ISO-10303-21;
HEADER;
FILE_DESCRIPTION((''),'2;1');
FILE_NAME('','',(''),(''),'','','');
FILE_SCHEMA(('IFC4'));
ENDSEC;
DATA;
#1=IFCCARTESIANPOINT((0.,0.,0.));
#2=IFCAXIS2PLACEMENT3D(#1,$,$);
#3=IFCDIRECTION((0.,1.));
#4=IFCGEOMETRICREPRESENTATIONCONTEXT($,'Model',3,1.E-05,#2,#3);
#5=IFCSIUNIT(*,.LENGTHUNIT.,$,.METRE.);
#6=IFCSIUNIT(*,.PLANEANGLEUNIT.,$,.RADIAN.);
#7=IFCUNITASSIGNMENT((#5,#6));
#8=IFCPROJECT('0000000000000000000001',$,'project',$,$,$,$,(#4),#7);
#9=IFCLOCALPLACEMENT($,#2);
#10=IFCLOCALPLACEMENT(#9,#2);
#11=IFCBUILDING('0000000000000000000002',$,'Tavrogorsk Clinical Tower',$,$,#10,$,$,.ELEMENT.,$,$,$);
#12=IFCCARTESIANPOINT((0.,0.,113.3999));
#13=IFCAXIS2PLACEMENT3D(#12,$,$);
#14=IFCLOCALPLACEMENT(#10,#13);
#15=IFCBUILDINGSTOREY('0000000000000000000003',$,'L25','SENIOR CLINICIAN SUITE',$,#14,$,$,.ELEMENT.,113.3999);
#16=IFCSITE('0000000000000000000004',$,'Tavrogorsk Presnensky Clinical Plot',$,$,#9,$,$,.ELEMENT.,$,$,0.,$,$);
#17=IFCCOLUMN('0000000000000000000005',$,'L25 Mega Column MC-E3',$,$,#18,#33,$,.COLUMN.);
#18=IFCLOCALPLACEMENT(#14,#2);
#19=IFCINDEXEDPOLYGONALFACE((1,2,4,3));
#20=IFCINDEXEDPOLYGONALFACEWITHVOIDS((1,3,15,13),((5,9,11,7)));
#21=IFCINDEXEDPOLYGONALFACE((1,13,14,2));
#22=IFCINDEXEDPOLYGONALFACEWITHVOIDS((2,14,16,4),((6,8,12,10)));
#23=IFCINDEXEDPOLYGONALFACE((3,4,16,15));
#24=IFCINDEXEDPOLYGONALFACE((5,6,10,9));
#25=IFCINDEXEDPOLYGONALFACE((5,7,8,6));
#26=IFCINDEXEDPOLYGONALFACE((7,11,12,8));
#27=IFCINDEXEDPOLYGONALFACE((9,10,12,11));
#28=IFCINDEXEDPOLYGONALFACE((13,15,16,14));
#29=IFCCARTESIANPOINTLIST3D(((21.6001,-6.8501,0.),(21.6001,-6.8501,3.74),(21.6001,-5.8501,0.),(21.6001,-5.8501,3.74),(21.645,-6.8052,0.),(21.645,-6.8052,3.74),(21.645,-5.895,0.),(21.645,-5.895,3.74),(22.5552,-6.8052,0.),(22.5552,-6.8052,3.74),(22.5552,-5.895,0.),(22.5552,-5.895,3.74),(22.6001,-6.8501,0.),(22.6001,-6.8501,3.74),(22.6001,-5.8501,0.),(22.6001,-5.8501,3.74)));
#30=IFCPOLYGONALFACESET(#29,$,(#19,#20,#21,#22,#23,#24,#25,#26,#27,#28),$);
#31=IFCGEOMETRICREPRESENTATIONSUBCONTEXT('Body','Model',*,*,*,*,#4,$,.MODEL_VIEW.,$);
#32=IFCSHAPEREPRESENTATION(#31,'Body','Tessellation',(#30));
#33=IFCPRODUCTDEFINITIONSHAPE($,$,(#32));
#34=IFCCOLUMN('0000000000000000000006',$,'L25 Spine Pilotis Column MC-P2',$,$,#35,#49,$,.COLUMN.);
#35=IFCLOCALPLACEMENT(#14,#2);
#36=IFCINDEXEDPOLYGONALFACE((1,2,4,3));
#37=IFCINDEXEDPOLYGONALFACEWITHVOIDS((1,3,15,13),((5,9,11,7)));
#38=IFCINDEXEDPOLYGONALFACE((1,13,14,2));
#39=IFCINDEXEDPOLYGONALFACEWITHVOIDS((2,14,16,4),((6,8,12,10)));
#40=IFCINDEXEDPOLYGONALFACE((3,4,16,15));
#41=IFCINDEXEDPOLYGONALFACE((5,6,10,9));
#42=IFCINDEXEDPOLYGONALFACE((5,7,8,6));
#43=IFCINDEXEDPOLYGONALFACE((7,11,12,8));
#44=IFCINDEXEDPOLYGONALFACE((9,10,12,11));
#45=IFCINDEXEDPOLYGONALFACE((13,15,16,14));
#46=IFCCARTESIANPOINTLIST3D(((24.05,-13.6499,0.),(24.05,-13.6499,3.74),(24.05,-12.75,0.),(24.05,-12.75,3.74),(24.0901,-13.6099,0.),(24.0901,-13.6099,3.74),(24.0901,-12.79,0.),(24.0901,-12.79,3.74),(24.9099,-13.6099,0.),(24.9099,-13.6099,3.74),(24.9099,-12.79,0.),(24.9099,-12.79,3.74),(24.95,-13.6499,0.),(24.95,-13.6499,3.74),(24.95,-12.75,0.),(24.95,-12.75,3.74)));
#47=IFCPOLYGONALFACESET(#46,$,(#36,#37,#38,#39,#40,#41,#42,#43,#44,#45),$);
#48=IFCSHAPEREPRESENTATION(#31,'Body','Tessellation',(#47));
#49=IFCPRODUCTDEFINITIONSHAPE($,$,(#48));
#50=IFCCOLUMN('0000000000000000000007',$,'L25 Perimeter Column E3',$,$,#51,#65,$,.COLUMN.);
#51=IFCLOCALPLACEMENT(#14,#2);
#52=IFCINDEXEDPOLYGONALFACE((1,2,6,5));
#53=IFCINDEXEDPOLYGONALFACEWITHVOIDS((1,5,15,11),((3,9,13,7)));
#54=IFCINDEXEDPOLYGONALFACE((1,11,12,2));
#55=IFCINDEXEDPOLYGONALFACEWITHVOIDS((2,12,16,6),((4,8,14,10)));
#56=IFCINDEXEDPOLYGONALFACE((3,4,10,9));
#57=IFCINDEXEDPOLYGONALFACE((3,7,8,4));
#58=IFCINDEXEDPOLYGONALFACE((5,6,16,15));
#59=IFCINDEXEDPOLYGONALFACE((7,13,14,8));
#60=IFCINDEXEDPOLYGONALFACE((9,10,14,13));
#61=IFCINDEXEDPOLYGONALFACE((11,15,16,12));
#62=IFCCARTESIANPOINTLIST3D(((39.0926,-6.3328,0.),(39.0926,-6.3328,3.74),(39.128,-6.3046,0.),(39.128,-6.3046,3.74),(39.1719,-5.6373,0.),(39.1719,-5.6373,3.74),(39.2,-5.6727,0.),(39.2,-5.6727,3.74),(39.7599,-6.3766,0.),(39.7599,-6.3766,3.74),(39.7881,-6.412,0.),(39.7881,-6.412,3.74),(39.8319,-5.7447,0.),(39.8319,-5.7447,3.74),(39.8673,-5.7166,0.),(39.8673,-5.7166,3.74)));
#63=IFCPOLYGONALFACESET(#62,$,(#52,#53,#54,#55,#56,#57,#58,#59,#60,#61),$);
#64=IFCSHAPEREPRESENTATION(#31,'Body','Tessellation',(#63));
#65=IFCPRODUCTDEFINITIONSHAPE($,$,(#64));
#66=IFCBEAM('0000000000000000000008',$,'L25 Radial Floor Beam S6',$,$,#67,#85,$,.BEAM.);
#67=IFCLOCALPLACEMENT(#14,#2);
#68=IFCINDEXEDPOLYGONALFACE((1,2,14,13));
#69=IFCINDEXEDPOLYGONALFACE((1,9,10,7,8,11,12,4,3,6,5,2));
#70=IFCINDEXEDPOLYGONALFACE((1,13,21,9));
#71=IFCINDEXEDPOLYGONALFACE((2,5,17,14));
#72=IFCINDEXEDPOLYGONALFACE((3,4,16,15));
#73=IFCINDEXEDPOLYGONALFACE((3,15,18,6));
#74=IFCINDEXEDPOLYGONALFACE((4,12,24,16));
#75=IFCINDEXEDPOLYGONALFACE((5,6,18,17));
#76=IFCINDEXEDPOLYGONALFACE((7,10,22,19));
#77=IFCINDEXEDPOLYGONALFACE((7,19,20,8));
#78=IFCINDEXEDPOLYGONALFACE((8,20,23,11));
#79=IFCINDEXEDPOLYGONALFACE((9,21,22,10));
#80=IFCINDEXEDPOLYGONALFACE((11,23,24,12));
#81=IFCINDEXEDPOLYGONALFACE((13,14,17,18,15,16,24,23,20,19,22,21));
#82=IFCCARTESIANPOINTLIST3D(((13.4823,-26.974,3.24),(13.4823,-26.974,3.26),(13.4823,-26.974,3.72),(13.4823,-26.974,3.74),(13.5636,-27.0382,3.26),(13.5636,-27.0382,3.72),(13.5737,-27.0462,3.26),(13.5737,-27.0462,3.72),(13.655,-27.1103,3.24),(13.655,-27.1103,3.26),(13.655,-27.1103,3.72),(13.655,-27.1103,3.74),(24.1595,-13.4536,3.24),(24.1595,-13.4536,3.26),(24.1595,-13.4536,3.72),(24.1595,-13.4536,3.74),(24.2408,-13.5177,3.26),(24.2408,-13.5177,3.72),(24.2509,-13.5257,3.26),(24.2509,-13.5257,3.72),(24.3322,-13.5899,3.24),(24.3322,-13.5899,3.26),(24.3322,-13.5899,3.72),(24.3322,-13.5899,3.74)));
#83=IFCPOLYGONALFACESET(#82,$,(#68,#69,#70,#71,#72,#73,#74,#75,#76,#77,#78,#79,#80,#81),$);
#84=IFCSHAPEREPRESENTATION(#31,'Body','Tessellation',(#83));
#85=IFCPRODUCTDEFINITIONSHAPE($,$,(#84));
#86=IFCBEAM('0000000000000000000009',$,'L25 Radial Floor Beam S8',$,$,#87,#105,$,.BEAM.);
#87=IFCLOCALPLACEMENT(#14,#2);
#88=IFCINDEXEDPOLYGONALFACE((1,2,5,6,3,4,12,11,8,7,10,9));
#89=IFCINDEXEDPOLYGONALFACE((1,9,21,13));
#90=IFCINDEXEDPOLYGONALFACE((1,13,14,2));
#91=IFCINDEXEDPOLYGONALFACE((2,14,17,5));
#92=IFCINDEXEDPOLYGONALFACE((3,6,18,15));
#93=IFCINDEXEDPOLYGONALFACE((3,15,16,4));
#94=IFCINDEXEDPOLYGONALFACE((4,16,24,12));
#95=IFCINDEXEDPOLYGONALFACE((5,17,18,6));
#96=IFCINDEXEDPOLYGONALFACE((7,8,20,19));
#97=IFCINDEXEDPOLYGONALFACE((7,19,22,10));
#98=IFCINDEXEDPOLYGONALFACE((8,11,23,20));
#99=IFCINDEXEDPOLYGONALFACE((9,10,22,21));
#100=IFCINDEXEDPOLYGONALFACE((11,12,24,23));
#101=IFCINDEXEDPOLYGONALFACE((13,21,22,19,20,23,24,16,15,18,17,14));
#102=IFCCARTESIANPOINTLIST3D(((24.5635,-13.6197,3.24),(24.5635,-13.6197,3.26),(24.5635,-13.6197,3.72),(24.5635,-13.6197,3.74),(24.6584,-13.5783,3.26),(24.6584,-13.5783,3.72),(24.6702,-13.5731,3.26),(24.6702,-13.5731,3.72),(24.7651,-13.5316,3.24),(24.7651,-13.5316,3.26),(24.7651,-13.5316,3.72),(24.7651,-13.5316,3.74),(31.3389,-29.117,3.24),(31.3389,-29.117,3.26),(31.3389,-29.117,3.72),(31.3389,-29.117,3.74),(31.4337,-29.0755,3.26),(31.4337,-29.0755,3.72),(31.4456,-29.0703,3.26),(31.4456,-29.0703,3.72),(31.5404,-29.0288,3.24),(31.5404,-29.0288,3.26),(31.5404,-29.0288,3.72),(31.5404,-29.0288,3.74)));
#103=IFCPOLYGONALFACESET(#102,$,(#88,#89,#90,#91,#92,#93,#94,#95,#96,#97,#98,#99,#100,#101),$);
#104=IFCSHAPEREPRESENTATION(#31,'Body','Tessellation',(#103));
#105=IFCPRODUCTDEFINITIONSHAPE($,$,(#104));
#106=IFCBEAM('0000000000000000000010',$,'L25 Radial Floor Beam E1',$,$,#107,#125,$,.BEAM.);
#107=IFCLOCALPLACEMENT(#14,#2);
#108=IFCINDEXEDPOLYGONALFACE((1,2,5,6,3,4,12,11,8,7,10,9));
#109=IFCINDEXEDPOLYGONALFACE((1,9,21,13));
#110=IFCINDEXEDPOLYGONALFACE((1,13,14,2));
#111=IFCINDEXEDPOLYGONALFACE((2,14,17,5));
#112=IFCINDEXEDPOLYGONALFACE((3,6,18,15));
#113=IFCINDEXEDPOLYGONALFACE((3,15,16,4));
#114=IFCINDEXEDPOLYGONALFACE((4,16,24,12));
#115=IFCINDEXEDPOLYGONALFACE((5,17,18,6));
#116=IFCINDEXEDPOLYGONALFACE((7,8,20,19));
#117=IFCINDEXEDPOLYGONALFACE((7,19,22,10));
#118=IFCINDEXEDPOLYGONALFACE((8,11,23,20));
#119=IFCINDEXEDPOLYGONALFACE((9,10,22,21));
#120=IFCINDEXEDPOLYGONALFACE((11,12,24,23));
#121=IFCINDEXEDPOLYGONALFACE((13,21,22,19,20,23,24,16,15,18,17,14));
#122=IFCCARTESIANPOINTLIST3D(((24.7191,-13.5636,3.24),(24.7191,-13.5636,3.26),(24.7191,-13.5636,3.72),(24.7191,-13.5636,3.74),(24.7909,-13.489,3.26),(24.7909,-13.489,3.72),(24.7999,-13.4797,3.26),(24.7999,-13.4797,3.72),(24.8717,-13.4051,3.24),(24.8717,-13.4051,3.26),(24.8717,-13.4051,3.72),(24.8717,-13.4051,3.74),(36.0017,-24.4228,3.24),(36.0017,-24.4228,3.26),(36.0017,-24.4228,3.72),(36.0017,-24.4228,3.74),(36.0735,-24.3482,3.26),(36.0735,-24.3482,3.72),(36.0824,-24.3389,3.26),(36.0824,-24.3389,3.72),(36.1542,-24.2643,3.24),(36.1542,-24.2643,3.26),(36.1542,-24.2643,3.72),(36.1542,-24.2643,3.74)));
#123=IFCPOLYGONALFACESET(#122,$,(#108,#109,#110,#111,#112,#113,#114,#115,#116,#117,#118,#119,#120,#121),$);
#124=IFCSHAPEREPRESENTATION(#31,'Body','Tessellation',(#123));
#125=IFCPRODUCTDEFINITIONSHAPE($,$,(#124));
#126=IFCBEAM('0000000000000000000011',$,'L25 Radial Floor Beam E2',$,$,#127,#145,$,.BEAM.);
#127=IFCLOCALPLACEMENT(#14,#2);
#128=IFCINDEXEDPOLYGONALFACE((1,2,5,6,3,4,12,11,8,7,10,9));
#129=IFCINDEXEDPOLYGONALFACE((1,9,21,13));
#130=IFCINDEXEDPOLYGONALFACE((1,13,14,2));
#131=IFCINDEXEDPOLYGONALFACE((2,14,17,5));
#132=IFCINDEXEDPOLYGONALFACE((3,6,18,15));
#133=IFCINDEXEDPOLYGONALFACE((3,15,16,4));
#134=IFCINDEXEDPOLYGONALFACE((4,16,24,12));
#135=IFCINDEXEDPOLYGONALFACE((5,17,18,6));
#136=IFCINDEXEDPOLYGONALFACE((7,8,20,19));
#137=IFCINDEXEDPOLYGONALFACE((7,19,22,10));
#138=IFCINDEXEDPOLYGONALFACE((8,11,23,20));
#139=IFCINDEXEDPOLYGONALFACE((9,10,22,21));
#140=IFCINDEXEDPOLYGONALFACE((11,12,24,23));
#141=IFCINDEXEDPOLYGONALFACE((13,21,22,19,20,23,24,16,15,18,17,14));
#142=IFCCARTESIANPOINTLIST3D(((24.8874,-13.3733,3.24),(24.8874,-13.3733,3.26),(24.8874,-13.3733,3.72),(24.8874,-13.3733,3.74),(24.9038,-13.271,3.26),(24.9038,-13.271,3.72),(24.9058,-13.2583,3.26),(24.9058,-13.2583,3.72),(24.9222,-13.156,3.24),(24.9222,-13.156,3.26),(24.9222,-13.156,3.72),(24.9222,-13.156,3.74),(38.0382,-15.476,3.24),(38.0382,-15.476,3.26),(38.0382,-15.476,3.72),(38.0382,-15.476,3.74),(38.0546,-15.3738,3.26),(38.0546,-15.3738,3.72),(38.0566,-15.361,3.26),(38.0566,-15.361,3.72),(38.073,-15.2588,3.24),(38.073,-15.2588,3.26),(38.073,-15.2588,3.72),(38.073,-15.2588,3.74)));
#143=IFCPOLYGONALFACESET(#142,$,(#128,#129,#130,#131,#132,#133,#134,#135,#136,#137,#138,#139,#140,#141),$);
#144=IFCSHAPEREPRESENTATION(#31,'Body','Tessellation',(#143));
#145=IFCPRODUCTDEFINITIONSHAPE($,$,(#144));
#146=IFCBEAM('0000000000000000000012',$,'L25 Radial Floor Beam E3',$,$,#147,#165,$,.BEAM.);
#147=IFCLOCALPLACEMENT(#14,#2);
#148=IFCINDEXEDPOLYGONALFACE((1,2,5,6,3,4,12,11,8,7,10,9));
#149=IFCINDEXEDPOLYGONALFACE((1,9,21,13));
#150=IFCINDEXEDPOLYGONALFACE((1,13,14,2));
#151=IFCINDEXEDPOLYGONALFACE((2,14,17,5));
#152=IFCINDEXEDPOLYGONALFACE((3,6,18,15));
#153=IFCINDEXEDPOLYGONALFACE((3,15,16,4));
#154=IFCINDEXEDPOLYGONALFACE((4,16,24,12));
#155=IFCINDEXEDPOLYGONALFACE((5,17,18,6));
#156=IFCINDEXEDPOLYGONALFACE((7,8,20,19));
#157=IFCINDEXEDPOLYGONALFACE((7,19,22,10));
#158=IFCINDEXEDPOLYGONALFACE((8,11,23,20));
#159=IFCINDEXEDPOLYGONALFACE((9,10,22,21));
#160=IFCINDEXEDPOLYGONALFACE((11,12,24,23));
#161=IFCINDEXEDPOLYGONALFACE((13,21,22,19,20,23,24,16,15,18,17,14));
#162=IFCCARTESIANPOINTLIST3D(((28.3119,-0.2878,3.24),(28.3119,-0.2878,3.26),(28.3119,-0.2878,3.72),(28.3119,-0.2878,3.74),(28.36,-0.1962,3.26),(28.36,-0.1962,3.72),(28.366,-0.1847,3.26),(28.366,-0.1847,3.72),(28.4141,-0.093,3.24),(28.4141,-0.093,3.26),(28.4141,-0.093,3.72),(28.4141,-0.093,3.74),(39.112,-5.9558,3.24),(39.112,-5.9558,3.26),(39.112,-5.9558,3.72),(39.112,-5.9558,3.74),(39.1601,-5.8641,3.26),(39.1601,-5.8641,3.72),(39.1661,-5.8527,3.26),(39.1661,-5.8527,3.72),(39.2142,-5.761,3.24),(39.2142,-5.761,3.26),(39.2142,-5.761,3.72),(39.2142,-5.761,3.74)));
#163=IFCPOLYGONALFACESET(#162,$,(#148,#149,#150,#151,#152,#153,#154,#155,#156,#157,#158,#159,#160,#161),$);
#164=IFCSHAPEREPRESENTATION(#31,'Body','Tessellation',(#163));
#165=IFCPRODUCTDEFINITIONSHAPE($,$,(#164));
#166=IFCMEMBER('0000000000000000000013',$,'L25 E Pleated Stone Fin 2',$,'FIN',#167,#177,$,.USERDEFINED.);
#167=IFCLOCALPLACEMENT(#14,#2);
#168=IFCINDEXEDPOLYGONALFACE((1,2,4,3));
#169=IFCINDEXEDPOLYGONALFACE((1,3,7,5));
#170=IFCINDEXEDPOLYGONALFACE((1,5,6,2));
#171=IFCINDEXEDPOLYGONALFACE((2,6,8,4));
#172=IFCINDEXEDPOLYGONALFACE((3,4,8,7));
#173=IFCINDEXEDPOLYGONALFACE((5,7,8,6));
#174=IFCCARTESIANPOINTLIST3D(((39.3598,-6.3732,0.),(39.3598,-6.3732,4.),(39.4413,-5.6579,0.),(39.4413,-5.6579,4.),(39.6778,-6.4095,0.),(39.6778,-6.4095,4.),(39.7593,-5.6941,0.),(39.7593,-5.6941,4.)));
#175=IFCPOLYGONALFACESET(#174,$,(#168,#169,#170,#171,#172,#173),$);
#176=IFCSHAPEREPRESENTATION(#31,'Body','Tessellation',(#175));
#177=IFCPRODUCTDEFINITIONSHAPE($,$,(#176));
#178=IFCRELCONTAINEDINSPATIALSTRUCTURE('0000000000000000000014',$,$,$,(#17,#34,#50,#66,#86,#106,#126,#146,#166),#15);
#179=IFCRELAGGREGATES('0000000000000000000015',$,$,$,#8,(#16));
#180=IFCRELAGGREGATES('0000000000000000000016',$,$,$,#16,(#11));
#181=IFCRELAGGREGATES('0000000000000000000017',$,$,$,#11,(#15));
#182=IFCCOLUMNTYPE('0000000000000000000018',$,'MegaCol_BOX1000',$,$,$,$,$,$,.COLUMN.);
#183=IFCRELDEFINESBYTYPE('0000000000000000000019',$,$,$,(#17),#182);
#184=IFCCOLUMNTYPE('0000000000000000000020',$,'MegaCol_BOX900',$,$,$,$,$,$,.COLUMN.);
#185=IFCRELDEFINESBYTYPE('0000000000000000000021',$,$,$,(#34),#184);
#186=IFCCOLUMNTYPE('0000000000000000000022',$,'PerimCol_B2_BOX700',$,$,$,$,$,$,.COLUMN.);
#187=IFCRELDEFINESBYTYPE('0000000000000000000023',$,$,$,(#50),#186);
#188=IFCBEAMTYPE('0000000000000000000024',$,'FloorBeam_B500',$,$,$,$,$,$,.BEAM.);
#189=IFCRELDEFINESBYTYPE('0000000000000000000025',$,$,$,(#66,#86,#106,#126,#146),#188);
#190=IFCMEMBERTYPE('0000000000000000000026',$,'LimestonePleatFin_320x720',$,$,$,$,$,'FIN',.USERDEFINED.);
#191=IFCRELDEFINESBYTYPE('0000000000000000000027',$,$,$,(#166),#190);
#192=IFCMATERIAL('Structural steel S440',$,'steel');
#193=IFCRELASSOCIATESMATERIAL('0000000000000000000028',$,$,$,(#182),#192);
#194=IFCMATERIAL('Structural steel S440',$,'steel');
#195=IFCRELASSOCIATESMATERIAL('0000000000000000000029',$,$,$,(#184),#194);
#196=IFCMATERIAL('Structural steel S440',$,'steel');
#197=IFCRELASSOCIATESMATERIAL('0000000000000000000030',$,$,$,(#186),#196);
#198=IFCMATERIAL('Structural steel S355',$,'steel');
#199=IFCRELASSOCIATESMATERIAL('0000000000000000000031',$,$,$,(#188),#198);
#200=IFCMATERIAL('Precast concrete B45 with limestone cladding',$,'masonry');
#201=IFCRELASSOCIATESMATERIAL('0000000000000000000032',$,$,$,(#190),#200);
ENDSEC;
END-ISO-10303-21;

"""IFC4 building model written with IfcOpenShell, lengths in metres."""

from ifc_helpers import new_model, si_unit, direction, frame, origin, origin_2d, place, context, subcontext, project, spatial, rectangle, hollow_rectangle, i_section, extrude, material, material_profile, profile_set, type_object, element, save


model = new_model("IFC4")

# Units and contexts
model_context = context("Model", 3, precision=1e-05, world=origin(), true_north=direction((0.0, 1.0)))
body_context = subcontext(model_context, "Body", "Model", "MODEL_VIEW")
ifc_project = project(units=[si_unit("LENGTHUNIT", "METRE"), si_unit("PLANEANGLEUNIT", "RADIAN")], contexts=[model_context])

# Site, building, storey
site_placement = place(None, origin())
site = spatial("IfcSite", under=ifc_project, at=site_placement, Name="Tavrogorsk Presnensky Clinical Plot", CompositionType="ELEMENT", RefElevation=0.0)
building_placement = place(site_placement, origin())
building = spatial("IfcBuilding", under=site, at=building_placement, Name="Tavrogorsk Clinical Tower", CompositionType="ELEMENT")
storey_placement = place(building_placement, frame((0.0, 0.0, 113.3999)))
storey = spatial("IfcBuildingStorey", under=building, at=storey_placement, Name="L25", Description="SENIOR CLINICIAN SUITE", CompositionType="ELEMENT", Elevation=113.3999)

# Columns
ifc_material_1 = material(Name="Structural steel S440", Category="steel")
ifc_material_profile_1 = material_profile(ifc_material_1, hollow_rectangle(XDim=1.0, YDim=1.0, WallThickness=0.0449, at=origin_2d()), Name="BOX-1000x1000x45")
ifc_profile_set_1 = profile_set([ifc_material_profile_1], Name="Structural steel S440")
column_type_1 = type_object("IfcColumnType", Name="MegaCol_BOX1000", PredefinedType="COLUMN", material=ifc_profile_set_1)
column_1_placement = place(storey_placement, frame((22.1001, -6.3501, 0.0), z_axis=(0.0, 0.0, 1.0), x_axis=(1.0, 0.0, 0.0)))
element("IfcColumn", 1, at=column_1_placement, inside=storey, type_object=column_type_1, Name="L25 Mega Column MC-E3", PredefinedType="COLUMN", context=body_context, shape_type="SweptSolid", body=[
    extrude(hollow_rectangle(XDim=1.0, YDim=1.0, WallThickness=0.0449, at=origin_2d()), origin(), (0.0, 0.0, 1.0), 3.74),
])
ifc_material_2 = material(Name="Structural steel S440", Category="steel")
ifc_material_profile_2 = material_profile(ifc_material_2, hollow_rectangle(XDim=0.8999, YDim=0.8999, WallThickness=0.04, at=origin_2d()), Name="BOX-900x900x40")
ifc_profile_set_2 = profile_set([ifc_material_profile_2], Name="Structural steel S440")
column_type_2 = type_object("IfcColumnType", Name="MegaCol_BOX900", PredefinedType="COLUMN", material=ifc_profile_set_2)
column_2_placement = place(storey_placement, frame((24.5, -13.2, 0.0), z_axis=(0.0, 0.0, 1.0), x_axis=(1.0, 0.0, 0.0)))
element("IfcColumn", 2, at=column_2_placement, inside=storey, type_object=column_type_2, Name="L25 Spine Pilotis Column MC-P2", PredefinedType="COLUMN", context=body_context, shape_type="SweptSolid", body=[
    extrude(hollow_rectangle(XDim=0.8999, YDim=0.8999, WallThickness=0.04, at=origin_2d()), origin(), (0.0, 0.0, 1.0), 3.74),
])
ifc_material_3 = material(Name="Structural steel S440", Category="steel")
ifc_material_profile_3 = material_profile(ifc_material_3, hollow_rectangle(XDim=0.7, YDim=0.7, WallThickness=0.032, at=origin_2d()), Name="BOX-700x700x32")
ifc_profile_set_3 = profile_set([ifc_material_profile_3], Name="Structural steel S440")
column_type_3 = type_object("IfcColumnType", Name="PerimCol_B2_BOX700", PredefinedType="COLUMN", material=ifc_profile_set_3)
column_3_placement = place(storey_placement, frame((39.48, -6.0247, 0.0), z_axis=(0.0, 0.0, 1.0), x_axis=(0.993572, -0.113203, 0.0)))
element("IfcColumn", 3, at=column_3_placement, inside=storey, type_object=column_type_3, Name="L25 Perimeter Column E3", PredefinedType="COLUMN", context=body_context, shape_type="SweptSolid", body=[
    extrude(hollow_rectangle(XDim=0.7, YDim=0.7, WallThickness=0.032, at=origin_2d()), origin(), (0.0, 0.0, 1.0), 3.74),
])

# Beams
ifc_material_4 = material(Name="Structural steel S355", Category="steel")
ifc_material_profile_4 = material_profile(ifc_material_4, i_section(OverallWidth=0.22, OverallDepth=0.5, WebThickness=0.0129, FlangeThickness=0.02, at=origin_2d()), Name="B-500x220x13x20")
ifc_profile_set_4 = profile_set([ifc_material_profile_4], Name="Structural steel S355")
beam_type_1 = type_object("IfcBeamType", Name="FloorBeam_B500", PredefinedType="BEAM", material=ifc_profile_set_4)
beam_1_placement = place(storey_placement, frame((24.2458, -13.5217, 3.49), z_axis=(-0.619757, -0.784794, 0.0), x_axis=(0.784794, -0.619757, 0.0)))
element("IfcBeam", 4, at=beam_1_placement, inside=storey, type_object=beam_type_1, Name="L25 Radial Floor Beam S6", PredefinedType="BEAM", context=body_context, shape_type="SweptSolid", body=[
    extrude(i_section(OverallWidth=0.22, OverallDepth=0.5, WebThickness=0.0129, FlangeThickness=0.02, at=origin_2d()), origin(), (0.0, 0.0, 1.0), 17.228),
])
beam_2_placement = place(storey_placement, frame((24.6643, -13.5757, 3.49), z_axis=(0.400586, -0.916259, 0.0), x_axis=(0.916259, 0.400586, 0.0)))
element("IfcBeam", 5, at=beam_2_placement, inside=storey, type_object=beam_type_1, Name="L25 Radial Floor Beam S8", PredefinedType="BEAM", context=body_context, shape_type="SweptSolid", body=[
    extrude(i_section(OverallWidth=0.22, OverallDepth=0.5, WebThickness=0.0129, FlangeThickness=0.02, at=origin_2d()), origin(), (0.0, 0.0, 1.0), 16.9136),
])
beam_3_placement = place(storey_placement, frame((24.7954, -13.4844, 3.49), z_axis=(0.720495, -0.69346, 0.0), x_axis=(0.69346, 0.720495, 0.0)))
element("IfcBeam", 6, at=beam_3_placement, inside=storey, type_object=beam_type_1, Name="L25 Radial Floor Beam E1", PredefinedType="BEAM", context=body_context, shape_type="SweptSolid", body=[
    extrude(i_section(OverallWidth=0.22, OverallDepth=0.5, WebThickness=0.0129, FlangeThickness=0.02, at=origin_2d()), origin(), (0.0, 0.0, 1.0), 15.6594),
])
beam_4_placement = place(storey_placement, frame((24.9048, -13.2646, 3.49), z_axis=(0.987457, -0.157891, 0.0), x_axis=(0.157891, 0.987457, 0.0)))
element("IfcBeam", 7, at=beam_4_placement, inside=storey, type_object=beam_type_1, Name="L25 Radial Floor Beam E2", PredefinedType="BEAM", context=body_context, shape_type="SweptSolid", body=[
    extrude(i_section(OverallWidth=0.22, OverallDepth=0.5, WebThickness=0.0129, FlangeThickness=0.02, at=origin_2d()), origin(), (0.0, 0.0, 1.0), 13.3179),
])
beam_5_placement = place(storey_placement, frame((28.363, -0.1904, 3.49), z_axis=(0.885467, -0.464702, 0.0), x_axis=(0.464702, 0.885467, 0.0)))
element("IfcBeam", 8, at=beam_5_placement, inside=storey, type_object=beam_type_1, Name="L25 Radial Floor Beam E3", PredefinedType="BEAM", context=body_context, shape_type="SweptSolid", body=[
    extrude(i_section(OverallWidth=0.22, OverallDepth=0.5, WebThickness=0.0129, FlangeThickness=0.02, at=origin_2d()), origin(), (0.0, 0.0, 1.0), 12.197),
])

# Member
ifc_material_5 = material(Name="Precast concrete B45 with limestone cladding", Category="masonry")
ifc_material_profile_5 = material_profile(ifc_material_5, rectangle(XDim=0.3201, YDim=0.72, at=origin_2d()), Name="LIMESTONE-FIN-320x720")
ifc_profile_set_5 = profile_set([ifc_material_profile_5], Name="Precast concrete B45 with limestone cladding")
member_type = type_object("IfcMemberType", Name="LimestonePleatFin_320x720", ElementType="FIN", PredefinedType="USERDEFINED", material=ifc_profile_set_5)
member_placement = place(storey_placement, frame((39.5596, -6.0337, 0.0), z_axis=(0.0, 0.0, 1.0), x_axis=(0.993572, -0.113203, 0.0)))
element("IfcMember", 9, at=member_placement, inside=storey, type_object=member_type, Name="L25 E Pleated Stone Fin 2", ObjectType="FIN", PredefinedType="USERDEFINED", context=body_context, shape_type="SweptSolid", body=[
    extrude(rectangle(XDim=0.3201, YDim=0.72, at=origin_2d()), origin(), (0.0, 0.0, 1.0), 4.0),
])

save(model, "model.ifc")
